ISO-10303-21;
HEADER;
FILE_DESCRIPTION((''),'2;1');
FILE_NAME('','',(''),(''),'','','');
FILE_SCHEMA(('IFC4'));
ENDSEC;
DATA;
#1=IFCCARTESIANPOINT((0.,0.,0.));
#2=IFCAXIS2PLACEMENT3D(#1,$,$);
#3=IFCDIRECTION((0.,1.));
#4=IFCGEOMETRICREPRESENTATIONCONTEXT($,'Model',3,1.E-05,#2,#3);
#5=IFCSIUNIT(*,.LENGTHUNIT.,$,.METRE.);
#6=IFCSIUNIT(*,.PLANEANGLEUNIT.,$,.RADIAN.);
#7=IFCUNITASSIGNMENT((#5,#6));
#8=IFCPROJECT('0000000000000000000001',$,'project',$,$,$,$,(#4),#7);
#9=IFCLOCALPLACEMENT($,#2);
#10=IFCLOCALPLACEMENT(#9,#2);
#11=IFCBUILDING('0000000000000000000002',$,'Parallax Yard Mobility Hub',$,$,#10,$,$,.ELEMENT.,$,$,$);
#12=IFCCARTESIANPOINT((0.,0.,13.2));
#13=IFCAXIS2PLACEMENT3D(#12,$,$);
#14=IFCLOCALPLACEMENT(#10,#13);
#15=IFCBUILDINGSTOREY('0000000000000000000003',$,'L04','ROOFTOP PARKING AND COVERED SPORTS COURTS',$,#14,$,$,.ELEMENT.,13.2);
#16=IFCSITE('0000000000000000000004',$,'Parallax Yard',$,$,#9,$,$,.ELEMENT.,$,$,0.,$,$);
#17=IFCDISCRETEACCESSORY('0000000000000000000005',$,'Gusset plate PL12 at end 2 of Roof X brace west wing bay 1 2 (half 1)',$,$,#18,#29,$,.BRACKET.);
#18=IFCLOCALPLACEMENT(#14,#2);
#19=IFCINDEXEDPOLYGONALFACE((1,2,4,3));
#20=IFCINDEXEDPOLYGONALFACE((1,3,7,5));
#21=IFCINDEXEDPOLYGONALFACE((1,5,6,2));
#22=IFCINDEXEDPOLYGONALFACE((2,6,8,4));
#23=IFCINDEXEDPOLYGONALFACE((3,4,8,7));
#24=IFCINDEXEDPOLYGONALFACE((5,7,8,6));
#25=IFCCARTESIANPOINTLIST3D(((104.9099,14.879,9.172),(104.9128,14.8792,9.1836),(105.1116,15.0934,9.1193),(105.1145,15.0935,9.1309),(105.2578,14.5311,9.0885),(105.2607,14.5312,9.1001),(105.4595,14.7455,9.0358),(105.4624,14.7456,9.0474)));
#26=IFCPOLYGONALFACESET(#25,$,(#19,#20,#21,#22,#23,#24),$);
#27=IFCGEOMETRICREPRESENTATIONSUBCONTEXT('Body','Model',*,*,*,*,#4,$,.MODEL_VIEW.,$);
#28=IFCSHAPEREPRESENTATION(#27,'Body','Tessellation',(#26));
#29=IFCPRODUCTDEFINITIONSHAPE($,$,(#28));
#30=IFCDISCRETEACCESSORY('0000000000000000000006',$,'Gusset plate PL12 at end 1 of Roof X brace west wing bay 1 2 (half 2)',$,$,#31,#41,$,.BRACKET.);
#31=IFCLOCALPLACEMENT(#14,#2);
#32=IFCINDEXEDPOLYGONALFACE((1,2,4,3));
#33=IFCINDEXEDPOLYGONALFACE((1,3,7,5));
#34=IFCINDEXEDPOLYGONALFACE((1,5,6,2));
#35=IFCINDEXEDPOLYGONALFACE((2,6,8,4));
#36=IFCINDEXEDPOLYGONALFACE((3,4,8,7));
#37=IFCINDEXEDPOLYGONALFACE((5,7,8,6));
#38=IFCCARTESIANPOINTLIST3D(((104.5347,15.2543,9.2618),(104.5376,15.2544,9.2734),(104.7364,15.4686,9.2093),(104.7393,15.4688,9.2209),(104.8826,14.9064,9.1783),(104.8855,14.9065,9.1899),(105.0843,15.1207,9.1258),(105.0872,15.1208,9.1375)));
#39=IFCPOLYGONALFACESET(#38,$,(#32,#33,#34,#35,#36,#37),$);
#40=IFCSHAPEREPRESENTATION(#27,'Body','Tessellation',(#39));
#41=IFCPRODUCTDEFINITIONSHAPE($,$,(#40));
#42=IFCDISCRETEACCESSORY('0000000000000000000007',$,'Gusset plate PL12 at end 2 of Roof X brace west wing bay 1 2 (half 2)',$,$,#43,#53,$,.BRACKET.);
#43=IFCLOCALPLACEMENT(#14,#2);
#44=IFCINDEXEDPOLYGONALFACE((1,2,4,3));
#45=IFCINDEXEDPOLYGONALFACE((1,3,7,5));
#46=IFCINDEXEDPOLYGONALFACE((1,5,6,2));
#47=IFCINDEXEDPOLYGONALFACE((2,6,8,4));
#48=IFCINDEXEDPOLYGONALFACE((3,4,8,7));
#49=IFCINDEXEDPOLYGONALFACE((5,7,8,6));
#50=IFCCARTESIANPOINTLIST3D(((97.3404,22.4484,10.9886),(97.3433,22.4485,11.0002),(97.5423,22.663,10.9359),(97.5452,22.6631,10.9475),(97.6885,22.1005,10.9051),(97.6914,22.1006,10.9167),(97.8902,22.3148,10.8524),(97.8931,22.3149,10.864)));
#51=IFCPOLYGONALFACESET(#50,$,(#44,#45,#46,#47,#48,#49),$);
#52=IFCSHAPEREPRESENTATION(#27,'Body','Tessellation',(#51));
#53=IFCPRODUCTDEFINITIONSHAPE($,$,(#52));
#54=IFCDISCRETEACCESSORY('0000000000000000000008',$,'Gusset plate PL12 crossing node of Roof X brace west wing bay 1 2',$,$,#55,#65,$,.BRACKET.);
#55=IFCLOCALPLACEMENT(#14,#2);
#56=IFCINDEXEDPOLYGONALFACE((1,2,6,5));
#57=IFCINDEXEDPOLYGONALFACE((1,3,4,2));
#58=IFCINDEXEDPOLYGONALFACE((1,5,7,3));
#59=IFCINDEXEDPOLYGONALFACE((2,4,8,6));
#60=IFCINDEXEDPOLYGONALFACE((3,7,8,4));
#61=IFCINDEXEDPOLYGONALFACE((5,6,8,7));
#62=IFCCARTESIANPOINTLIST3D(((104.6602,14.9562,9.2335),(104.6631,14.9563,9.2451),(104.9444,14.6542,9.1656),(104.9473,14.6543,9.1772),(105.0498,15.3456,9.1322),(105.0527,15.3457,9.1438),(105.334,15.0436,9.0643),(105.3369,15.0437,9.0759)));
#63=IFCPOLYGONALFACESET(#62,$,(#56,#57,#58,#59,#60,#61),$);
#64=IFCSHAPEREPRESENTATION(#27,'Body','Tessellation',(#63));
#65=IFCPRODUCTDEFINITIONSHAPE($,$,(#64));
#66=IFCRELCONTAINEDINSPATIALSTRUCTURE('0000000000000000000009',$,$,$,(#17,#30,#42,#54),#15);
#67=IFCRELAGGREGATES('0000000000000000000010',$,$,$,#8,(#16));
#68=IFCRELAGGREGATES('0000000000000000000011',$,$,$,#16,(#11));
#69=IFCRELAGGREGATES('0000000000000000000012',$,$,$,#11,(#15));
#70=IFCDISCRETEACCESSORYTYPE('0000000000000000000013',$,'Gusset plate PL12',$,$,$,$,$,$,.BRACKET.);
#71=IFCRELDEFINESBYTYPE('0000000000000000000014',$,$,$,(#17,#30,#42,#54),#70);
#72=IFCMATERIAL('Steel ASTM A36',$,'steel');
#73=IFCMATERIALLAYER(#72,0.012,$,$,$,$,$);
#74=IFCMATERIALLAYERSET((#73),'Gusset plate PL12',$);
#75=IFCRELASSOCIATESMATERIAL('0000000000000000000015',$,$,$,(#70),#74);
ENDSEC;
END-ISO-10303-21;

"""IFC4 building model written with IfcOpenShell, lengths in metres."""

from ifc_helpers import new_model, si_unit, direction, frame, origin, place, context, subcontext, project, spatial, polyline, outline, extrude, material, layer, layer_set, type_object, element, save


model = new_model("IFC4")

# Units and contexts
model_context = context("Model", 3, precision=1e-05, world=origin(), true_north=direction((0.0, 1.0)))
body_context = subcontext(model_context, "Body", "Model", "MODEL_VIEW")
ifc_project = project(units=[si_unit("LENGTHUNIT", "METRE"), si_unit("PLANEANGLEUNIT", "RADIAN")], contexts=[model_context])

# Site, building, storey
site_placement = place(None, origin())
site = spatial("IfcSite", under=ifc_project, at=site_placement, Name="Parallax Yard", CompositionType="ELEMENT", RefElevation=0.0)
building_placement = place(site_placement, origin())
building = spatial("IfcBuilding", under=site, at=building_placement, Name="Parallax Yard Mobility Hub", CompositionType="ELEMENT")
storey_placement = place(building_placement, frame((0.0, 0.0, 13.2)))
storey = spatial("IfcBuildingStorey", under=building, at=storey_placement, Name="L04", Description="ROOFTOP PARKING AND COVERED SPORTS COURTS", CompositionType="ELEMENT", Elevation=13.2)

# Discrete accessories
ifc_material_1 = material(Name="Steel ASTM A36", Category="steel")
ifc_layer = layer(ifc_material_1, 0.012)
ifc_layer_set = layer_set([ifc_layer], Name="Gusset plate PL12")
discrete_accessory_type = type_object("IfcDiscreteAccessoryType", Name="Gusset plate PL12", PredefinedType="BRACKET", material=ifc_layer_set)
discrete_accessory_1_placement = place(storey_placement, frame((105.4624, 14.7456, 9.0474), z_axis=(0.242909, 0.01011, 0.969996), x_axis=(-0.697139, 0.697139, 0.167313)))
element("IfcDiscreteAccessory", 1, at=discrete_accessory_1_placement, inside=storey, type_object=discrete_accessory_type, Name="Gusset plate PL12 at end 2 of Roof X brace west wing bay 1 2 (half 1)", PredefinedType="BRACKET", context=body_context, shape_type="SweptSolid", body=[
    extrude(outline(polyline([(0.0, 0.0), (0.499, 0.0), (0.499, 0.299), (0.0, 0.299), (0.0, 0.0)])), origin(), (0.0, 0.0, -1.0), 0.012),
])
discrete_accessory_2_placement = place(storey_placement, frame((104.5376, 15.2544, 9.2734), z_axis=(0.242375, 0.009542, 0.970136), x_axis=(0.697139, -0.697139, -0.167313)))
element("IfcDiscreteAccessory", 2, at=discrete_accessory_2_placement, inside=storey, type_object=discrete_accessory_type, Name="Gusset plate PL12 at end 1 of Roof X brace west wing bay 1 2 (half 2)", PredefinedType="BRACKET", context=body_context, shape_type="SweptSolid", body=[
    extrude(outline(polyline([(0.0, 0.0), (0.499, 0.0), (0.499, 0.2989), (-0.0001, 0.2989), (0.0, 0.0)])), origin(), (0.0, 0.0, -1.0), 0.012),
])
discrete_accessory_3_placement = place(storey_placement, frame((97.8931, 22.3149, 10.864), z_axis=(0.2428, 0.010075, 0.970024), x_axis=(-0.696917, 0.69739, 0.167196)))
element("IfcDiscreteAccessory", 3, at=discrete_accessory_3_placement, inside=storey, type_object=discrete_accessory_type, Name="Gusset plate PL12 at end 2 of Roof X brace west wing bay 1 2 (half 2)", PredefinedType="BRACKET", context=body_context, shape_type="SweptSolid", body=[
    extrude(outline(polyline([(0.0, 0.0), (0.4992, 0.0), (0.4991, 0.2993), (-0.0001, 0.299), (0.0, 0.0)])), origin(), (0.0, 0.0, -1.0), 0.012),
])
discrete_accessory_4_placement = place(storey_placement, frame((104.9473, 14.6543, 9.1772), z_axis=(0.242299, 0.009971, 0.97015), x_axis=(0.69566, 0.695224, -0.180889)))
element("IfcDiscreteAccessory", 4, at=discrete_accessory_4_placement, inside=storey, type_object=discrete_accessory_type, Name="Gusset plate PL12 crossing node of Roof X brace west wing bay 1 2", PredefinedType="BRACKET", context=body_context, shape_type="SweptSolid", body=[
    extrude(outline(polyline([(0.0, 0.0), (0.5601, 0.0), (0.5601, 0.4202), (0.0, 0.4202), (0.0, 0.0)])), origin(), (0.0, 0.0, -1.0), 0.012),
])

save(model, "model.ifc")
